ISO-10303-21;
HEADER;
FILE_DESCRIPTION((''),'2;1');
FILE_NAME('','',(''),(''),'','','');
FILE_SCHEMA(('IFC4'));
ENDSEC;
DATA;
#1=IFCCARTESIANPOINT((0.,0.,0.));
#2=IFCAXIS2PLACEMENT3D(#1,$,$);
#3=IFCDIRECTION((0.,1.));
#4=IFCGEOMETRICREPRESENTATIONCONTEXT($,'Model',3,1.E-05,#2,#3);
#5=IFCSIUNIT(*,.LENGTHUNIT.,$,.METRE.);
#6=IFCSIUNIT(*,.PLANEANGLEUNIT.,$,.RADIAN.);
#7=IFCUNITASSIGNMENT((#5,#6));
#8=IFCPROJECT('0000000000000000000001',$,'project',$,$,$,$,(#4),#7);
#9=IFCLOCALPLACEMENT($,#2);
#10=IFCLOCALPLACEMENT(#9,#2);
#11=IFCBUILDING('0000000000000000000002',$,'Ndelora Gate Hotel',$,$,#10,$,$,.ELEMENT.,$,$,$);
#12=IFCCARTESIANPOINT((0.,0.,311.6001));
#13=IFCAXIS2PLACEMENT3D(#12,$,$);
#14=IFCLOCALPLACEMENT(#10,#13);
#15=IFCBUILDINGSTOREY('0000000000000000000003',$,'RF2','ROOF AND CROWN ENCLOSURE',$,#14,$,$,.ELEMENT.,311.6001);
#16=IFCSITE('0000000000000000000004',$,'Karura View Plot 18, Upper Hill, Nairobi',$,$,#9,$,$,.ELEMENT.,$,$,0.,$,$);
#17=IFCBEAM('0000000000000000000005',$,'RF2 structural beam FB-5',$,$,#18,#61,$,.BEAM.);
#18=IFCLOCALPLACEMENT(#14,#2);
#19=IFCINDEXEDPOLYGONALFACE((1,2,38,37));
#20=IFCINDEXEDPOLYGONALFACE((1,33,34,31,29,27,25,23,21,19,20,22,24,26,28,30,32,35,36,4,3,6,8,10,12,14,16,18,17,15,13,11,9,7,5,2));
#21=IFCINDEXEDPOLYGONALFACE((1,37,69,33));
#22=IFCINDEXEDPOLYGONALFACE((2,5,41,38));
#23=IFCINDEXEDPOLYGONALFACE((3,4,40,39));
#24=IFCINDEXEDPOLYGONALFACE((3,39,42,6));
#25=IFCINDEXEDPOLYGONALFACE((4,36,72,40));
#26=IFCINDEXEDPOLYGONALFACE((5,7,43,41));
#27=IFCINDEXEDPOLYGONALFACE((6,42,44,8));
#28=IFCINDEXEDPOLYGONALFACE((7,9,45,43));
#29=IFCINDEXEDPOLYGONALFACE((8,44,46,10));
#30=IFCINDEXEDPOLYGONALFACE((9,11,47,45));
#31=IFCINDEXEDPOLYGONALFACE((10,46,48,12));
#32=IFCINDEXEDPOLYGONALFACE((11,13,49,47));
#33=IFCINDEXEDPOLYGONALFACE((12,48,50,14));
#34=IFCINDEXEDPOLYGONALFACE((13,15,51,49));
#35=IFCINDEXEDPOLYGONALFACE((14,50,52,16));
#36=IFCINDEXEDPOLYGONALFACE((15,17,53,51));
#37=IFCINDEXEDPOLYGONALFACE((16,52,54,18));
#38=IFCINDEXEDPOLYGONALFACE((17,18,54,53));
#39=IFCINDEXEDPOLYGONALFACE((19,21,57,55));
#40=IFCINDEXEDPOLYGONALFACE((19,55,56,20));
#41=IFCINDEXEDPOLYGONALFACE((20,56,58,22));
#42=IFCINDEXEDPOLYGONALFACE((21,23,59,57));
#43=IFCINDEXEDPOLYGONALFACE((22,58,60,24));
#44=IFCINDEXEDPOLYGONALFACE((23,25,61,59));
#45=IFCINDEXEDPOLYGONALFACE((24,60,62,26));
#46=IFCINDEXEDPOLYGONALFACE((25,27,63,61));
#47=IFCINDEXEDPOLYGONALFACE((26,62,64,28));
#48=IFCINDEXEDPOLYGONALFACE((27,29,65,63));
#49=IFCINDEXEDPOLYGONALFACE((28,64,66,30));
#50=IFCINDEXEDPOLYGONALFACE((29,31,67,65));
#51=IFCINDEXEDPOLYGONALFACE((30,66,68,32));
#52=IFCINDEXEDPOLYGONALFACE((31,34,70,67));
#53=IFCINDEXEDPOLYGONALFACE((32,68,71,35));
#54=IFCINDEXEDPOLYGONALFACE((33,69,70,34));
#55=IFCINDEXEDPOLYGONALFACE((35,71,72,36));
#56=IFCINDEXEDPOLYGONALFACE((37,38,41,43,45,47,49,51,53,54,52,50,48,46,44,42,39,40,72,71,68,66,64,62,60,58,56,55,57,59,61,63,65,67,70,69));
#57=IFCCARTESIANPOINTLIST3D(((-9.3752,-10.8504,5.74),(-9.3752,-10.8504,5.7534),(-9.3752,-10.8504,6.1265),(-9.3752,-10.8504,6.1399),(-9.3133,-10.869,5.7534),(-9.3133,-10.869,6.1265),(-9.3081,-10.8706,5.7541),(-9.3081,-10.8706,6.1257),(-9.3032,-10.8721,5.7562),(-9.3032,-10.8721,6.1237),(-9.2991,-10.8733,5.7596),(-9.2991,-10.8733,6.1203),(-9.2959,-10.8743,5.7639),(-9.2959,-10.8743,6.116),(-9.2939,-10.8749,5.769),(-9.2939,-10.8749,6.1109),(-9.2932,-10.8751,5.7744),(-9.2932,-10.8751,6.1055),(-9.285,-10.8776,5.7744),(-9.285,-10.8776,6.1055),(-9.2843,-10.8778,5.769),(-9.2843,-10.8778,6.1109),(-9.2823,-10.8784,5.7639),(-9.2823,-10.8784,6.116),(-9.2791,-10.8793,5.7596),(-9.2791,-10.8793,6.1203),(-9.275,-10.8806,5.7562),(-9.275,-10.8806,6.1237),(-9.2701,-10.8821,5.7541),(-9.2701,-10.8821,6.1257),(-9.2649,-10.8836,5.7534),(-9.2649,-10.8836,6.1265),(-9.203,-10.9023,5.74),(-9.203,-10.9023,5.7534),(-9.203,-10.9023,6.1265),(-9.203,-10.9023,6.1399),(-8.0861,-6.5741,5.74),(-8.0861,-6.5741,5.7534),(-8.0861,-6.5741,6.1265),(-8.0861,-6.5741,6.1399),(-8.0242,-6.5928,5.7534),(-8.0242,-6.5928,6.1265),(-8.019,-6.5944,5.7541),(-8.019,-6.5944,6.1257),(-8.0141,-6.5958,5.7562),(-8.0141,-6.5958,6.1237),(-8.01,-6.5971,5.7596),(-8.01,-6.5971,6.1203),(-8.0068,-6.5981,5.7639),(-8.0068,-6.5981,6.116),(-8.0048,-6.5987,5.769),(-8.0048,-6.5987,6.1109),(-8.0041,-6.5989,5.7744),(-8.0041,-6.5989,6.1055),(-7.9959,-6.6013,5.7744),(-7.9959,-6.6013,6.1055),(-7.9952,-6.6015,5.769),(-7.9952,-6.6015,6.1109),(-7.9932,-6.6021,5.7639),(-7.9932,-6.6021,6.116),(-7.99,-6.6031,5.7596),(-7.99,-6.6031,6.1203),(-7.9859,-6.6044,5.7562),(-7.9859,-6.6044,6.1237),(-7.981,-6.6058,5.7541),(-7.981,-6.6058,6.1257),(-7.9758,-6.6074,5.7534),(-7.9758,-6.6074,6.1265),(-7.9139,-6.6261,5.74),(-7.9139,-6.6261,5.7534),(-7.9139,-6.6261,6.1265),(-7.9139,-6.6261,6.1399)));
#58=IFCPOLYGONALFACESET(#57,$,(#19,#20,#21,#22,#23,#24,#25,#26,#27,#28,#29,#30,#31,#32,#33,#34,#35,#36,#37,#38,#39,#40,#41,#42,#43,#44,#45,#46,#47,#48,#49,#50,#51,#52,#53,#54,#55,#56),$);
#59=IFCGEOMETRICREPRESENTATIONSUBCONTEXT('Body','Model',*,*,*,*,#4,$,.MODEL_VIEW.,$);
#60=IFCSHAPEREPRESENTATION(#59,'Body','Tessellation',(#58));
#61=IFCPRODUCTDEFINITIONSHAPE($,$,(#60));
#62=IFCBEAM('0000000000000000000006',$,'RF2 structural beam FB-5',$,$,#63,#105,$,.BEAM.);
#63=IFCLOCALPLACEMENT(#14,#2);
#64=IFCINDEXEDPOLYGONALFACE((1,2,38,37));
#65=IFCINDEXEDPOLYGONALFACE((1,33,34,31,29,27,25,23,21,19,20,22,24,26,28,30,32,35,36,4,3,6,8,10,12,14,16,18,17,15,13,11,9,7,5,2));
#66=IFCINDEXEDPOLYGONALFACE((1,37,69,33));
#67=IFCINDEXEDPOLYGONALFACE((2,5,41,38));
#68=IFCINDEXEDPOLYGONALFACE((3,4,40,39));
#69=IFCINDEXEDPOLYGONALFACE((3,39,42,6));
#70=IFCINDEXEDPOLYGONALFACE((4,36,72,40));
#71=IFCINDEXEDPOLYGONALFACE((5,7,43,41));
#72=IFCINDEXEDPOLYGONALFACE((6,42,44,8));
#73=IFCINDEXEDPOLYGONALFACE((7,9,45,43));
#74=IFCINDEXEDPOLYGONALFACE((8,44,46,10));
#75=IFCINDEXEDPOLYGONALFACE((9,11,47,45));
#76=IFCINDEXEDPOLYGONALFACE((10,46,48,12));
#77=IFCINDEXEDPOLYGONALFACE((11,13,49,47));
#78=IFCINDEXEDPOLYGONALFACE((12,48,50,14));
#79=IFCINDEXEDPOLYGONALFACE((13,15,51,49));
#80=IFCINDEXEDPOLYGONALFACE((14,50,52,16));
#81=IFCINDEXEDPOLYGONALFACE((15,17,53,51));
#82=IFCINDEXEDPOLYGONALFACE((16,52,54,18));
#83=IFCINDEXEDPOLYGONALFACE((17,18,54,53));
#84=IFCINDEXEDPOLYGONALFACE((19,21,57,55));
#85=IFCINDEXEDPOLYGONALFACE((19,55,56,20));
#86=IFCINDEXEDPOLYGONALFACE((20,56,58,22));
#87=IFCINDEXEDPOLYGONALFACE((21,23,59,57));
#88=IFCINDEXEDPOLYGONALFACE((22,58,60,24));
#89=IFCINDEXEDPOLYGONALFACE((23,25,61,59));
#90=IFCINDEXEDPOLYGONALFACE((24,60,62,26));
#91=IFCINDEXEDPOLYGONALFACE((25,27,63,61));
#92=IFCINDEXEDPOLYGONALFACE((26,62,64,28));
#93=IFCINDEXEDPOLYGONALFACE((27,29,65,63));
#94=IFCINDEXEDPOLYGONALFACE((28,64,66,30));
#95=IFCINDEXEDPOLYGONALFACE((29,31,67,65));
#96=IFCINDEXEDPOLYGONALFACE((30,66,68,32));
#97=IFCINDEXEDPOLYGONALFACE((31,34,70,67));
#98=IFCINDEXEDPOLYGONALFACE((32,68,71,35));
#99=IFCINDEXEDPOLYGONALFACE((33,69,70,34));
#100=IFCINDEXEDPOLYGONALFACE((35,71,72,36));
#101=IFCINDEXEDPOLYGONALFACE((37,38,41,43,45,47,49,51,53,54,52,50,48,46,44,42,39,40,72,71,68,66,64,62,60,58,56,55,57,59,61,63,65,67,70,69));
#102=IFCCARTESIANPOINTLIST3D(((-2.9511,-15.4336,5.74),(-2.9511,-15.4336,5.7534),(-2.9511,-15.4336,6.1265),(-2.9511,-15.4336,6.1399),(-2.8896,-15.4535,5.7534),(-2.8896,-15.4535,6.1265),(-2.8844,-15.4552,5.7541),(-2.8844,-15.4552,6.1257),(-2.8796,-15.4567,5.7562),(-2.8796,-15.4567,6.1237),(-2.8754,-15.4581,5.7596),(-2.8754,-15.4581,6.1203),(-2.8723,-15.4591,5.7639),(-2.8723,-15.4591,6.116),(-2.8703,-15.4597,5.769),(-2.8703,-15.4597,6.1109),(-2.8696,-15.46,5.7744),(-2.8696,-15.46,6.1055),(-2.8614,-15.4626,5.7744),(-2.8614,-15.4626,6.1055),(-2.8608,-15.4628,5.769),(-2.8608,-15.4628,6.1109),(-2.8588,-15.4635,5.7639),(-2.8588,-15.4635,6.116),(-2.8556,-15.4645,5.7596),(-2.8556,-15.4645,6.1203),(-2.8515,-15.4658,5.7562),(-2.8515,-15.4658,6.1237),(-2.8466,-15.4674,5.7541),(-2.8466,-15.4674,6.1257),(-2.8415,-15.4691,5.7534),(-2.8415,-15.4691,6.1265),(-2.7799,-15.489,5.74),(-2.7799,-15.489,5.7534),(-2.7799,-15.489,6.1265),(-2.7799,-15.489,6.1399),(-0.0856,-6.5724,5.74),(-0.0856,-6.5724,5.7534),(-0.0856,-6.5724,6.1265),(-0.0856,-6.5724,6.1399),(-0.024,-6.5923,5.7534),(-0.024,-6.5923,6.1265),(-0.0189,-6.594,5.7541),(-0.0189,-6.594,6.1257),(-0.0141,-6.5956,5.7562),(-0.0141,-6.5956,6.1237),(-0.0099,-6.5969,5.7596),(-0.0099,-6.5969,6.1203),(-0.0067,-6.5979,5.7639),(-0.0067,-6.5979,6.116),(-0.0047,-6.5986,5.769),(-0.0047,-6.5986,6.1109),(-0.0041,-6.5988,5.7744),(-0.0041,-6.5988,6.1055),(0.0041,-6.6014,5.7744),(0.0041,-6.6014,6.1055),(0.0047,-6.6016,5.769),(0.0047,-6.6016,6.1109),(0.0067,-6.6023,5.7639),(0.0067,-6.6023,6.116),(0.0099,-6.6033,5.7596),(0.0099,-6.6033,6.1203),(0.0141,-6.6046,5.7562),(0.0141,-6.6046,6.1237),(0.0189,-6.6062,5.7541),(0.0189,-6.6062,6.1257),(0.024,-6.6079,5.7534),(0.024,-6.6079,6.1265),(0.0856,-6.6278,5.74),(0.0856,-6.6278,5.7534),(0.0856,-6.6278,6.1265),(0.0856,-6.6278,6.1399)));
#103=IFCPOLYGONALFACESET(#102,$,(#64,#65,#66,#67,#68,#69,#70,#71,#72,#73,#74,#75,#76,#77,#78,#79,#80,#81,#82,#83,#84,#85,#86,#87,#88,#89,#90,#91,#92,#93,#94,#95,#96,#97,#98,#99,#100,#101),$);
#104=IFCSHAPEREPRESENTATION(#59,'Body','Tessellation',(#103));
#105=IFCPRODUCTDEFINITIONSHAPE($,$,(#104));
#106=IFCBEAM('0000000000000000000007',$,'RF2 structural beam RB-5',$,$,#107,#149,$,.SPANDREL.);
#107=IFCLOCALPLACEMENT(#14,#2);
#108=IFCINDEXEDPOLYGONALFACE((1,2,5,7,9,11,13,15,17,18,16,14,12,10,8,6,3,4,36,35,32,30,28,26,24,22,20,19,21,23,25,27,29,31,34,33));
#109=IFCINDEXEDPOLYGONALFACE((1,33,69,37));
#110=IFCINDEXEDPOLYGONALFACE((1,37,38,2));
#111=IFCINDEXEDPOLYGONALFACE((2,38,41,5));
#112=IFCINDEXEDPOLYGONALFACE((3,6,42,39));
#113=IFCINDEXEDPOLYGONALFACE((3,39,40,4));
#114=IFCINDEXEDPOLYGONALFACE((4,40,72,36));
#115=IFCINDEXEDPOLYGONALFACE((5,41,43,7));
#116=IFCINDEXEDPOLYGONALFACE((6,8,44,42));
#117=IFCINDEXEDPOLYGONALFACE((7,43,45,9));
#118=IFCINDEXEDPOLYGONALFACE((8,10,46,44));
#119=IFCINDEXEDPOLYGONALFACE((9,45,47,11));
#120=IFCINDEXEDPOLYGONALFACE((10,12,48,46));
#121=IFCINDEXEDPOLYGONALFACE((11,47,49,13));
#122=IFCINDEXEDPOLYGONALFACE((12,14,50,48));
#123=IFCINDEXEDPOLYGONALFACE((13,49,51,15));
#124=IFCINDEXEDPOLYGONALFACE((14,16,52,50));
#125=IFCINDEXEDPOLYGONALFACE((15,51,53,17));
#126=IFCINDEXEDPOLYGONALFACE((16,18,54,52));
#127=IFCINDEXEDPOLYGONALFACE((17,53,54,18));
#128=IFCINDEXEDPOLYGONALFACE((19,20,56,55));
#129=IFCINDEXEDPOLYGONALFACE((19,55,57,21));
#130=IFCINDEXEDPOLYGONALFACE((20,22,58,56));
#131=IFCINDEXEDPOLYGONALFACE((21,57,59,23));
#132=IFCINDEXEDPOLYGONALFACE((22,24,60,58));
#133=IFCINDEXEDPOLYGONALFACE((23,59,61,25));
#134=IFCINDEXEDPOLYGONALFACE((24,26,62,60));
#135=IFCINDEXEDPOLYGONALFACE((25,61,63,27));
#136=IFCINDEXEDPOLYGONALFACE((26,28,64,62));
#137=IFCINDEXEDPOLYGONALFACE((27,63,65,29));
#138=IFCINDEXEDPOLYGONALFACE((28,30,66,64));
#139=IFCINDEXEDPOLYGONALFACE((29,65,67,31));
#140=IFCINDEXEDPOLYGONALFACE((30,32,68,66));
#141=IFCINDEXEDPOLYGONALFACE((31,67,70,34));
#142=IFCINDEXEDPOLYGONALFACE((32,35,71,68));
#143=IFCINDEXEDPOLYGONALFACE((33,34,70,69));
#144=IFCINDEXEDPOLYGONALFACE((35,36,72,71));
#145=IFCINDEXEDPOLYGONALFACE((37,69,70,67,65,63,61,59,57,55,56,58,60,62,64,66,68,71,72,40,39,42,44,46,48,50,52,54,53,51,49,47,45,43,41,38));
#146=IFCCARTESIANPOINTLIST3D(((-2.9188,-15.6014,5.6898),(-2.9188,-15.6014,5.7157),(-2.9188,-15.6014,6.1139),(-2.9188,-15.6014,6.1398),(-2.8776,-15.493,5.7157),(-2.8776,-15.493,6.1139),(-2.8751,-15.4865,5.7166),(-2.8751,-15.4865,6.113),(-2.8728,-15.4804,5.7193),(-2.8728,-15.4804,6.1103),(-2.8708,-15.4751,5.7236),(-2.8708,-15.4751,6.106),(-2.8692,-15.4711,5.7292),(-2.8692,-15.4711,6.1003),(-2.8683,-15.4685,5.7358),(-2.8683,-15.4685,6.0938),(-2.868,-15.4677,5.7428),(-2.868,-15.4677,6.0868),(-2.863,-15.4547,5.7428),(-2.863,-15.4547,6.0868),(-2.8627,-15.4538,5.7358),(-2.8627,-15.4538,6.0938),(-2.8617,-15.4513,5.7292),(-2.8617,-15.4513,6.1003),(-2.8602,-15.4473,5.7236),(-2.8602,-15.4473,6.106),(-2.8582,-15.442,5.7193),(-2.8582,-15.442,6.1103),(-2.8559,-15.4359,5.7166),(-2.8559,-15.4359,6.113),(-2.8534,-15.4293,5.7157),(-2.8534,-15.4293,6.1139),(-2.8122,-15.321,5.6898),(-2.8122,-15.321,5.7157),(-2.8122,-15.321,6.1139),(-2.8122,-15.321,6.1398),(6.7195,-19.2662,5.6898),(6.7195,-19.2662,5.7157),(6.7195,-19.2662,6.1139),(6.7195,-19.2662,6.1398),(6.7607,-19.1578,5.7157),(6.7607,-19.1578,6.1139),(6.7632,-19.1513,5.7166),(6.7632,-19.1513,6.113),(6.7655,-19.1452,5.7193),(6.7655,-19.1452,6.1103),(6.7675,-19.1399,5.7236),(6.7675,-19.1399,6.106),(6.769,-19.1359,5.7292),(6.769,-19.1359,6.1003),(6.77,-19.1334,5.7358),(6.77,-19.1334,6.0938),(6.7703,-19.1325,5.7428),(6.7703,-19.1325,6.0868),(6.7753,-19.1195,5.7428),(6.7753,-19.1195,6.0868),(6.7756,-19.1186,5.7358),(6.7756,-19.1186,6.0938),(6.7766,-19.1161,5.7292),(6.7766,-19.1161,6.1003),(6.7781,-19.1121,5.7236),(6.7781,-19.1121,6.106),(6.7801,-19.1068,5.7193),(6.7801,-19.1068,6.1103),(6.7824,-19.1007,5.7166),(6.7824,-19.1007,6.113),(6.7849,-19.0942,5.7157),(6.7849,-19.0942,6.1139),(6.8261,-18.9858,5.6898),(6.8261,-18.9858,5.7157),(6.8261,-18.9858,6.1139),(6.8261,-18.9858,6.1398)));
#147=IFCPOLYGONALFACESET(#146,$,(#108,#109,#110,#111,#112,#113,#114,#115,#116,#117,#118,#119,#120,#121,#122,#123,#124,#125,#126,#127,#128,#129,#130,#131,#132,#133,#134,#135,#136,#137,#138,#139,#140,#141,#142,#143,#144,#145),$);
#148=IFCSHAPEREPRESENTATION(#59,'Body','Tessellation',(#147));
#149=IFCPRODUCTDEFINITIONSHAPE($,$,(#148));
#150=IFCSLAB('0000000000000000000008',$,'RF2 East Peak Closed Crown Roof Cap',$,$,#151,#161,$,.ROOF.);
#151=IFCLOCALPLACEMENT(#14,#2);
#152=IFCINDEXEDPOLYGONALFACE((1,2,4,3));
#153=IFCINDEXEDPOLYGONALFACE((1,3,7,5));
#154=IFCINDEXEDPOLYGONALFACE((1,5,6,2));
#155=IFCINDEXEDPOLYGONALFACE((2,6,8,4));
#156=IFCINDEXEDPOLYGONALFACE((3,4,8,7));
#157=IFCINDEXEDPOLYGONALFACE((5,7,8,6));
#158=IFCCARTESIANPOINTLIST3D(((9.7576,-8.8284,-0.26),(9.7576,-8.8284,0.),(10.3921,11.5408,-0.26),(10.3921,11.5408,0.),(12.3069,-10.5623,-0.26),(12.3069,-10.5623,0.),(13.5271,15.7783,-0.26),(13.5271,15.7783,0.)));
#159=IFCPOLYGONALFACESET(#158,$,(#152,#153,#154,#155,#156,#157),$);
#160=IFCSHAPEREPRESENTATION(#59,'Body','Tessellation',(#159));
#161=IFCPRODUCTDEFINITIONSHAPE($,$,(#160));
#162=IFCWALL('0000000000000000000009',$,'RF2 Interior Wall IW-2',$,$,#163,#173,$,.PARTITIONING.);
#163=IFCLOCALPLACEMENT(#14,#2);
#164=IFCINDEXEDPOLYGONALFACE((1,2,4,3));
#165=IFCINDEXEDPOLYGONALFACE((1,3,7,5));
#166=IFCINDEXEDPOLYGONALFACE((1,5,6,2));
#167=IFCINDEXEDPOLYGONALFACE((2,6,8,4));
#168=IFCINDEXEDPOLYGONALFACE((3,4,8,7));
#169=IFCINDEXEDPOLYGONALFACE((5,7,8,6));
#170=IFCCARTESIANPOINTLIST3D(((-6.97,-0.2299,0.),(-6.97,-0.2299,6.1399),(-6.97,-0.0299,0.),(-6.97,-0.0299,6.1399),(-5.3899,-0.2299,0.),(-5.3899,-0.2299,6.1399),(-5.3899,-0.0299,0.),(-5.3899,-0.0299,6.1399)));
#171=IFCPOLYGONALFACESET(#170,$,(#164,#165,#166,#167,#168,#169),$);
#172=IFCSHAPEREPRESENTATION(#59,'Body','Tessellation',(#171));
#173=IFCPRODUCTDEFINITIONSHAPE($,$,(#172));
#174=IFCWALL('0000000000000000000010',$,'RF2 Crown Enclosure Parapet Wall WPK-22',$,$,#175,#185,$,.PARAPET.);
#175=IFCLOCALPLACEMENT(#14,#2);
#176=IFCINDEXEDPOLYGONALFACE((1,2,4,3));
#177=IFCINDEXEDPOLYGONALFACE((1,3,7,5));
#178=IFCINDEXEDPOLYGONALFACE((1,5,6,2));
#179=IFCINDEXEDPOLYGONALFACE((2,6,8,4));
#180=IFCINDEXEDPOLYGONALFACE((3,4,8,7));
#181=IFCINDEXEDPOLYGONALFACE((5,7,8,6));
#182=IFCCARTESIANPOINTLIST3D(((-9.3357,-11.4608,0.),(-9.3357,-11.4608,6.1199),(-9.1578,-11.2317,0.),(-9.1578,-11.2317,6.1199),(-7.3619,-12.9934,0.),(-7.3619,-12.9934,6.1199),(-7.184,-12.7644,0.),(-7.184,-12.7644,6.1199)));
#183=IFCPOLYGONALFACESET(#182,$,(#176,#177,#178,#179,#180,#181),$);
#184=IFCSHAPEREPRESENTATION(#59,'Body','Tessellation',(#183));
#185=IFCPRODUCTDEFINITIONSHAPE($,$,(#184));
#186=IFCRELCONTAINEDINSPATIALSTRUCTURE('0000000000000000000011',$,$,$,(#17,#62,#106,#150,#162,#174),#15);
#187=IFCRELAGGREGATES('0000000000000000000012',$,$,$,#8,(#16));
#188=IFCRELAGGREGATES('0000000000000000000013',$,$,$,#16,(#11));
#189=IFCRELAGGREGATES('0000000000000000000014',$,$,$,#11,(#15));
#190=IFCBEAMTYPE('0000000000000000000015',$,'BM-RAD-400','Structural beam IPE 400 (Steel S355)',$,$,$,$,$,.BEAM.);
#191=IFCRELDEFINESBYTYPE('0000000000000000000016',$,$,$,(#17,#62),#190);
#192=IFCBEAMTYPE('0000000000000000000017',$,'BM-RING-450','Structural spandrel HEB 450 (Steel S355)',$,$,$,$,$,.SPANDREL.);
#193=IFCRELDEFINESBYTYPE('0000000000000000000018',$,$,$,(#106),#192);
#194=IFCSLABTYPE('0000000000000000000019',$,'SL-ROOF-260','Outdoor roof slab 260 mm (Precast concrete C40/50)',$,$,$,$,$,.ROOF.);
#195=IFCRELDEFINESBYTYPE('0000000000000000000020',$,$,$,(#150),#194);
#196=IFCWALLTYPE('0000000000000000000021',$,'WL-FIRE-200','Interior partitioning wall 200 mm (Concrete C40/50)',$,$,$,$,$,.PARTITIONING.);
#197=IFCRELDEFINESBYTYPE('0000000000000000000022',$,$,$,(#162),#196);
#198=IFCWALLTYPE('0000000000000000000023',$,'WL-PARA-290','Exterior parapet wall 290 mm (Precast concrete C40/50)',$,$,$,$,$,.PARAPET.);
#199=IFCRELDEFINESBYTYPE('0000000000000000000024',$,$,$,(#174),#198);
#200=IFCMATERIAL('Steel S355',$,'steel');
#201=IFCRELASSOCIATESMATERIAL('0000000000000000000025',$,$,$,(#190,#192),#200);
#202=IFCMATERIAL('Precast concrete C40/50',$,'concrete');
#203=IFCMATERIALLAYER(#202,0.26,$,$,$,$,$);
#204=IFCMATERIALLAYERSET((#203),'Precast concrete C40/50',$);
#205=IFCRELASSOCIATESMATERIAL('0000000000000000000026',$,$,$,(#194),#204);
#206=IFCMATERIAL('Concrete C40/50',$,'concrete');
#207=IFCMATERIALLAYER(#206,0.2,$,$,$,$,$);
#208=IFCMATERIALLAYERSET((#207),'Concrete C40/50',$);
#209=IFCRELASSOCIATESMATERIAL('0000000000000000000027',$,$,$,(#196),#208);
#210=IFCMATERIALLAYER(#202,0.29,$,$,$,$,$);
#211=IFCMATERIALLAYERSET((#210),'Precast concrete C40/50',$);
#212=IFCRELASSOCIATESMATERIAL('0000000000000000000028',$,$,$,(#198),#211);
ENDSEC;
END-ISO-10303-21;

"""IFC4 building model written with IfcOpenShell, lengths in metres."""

from ifc_helpers import new_model, si_unit, direction, frame, frame_2d, origin, origin_2d, place, context, subcontext, project, spatial, polyline, rectangle, i_section, outline, extrude, material, layer, layer_set, material_profile, profile_set, type_object, element, save


model = new_model("IFC4")

# Units and contexts
model_context = context("Model", 3, precision=1e-05, world=origin(), true_north=direction((0.0, 1.0)))
body_context = subcontext(model_context, "Body", "Model", "MODEL_VIEW")
ifc_project = project(units=[si_unit("LENGTHUNIT", "METRE"), si_unit("PLANEANGLEUNIT", "RADIAN")], contexts=[model_context])

# Site, building, storey
site_placement = place(None, origin())
site = spatial("IfcSite", under=ifc_project, at=site_placement, Name="Karura View Plot 18, Upper Hill, Nairobi", CompositionType="ELEMENT", RefElevation=0.0)
building_placement = place(site_placement, origin())
building = spatial("IfcBuilding", under=site, at=building_placement, Name="Ndelora Gate Hotel", CompositionType="ELEMENT")
storey_placement = place(building_placement, frame((0.0, 0.0, 311.6001)))
storey = spatial("IfcBuildingStorey", under=building, at=storey_placement, Name="RF2", Description="ROOF AND CROWN ENCLOSURE", CompositionType="ELEMENT", Elevation=311.6001)

# Beams
ifc_material_1 = material(Name="Steel S355", Category="steel")
ifc_material_profile_1 = material_profile(ifc_material_1, i_section(OverallWidth=0.1799, OverallDepth=0.3999, WebThickness=0.0085, FlangeThickness=0.0134, FilletRadius=0.021, at=origin_2d()), Name="IPE 400")
ifc_profile_set_1 = profile_set([ifc_material_profile_1], Name="Steel S355")
beam_type_1 = type_object("IfcBeamType", Name="BM-RAD-400", Description="Structural beam IPE 400 (Steel S355)", PredefinedType="BEAM", material=ifc_profile_set_1)
beam_1_placement = place(storey_placement, frame((-8.0, -6.6001, 5.9399), z_axis=(-0.288626, -0.957442, 0.0), x_axis=(0.957442, -0.288626, 0.0)))
element("IfcBeam", 1, at=beam_1_placement, inside=storey, type_object=beam_type_1, Name="RF2 structural beam FB-5", PredefinedType="BEAM", context=body_context, shape_type="SweptSolid", body=[
    extrude(i_section(OverallWidth=0.1799, OverallDepth=0.3999, WebThickness=0.0085, FlangeThickness=0.0134, FilletRadius=0.021, at=origin_2d()), origin(), (0.0, 0.0, 1.0), 4.4663),
])
beam_2_placement = place(storey_placement, frame((0.0, -6.6001, 5.9399), z_axis=(-0.30769, -0.951487, 0.0), x_axis=(0.951487, -0.30769, 0.0)))
element("IfcBeam", 2, at=beam_2_placement, inside=storey, type_object=beam_type_1, Name="RF2 structural beam FB-5", PredefinedType="BEAM", context=body_context, shape_type="SweptSolid", body=[
    extrude(i_section(OverallWidth=0.1799, OverallDepth=0.3999, WebThickness=0.0085, FlangeThickness=0.0134, FilletRadius=0.021, at=origin_2d()), origin(), (0.0, 0.0, 1.0), 9.313),
])
ifc_material_profile_2 = material_profile(ifc_material_1, i_section(OverallWidth=0.3, OverallDepth=0.45, WebThickness=0.0139, FlangeThickness=0.0259, FilletRadius=0.0271, at=origin_2d()), Name="HEB 450")
ifc_profile_set_2 = profile_set([ifc_material_profile_2], Name="Steel S355")
beam_type_2 = type_object("IfcBeamType", Name="BM-RING-450", Description="Structural spandrel HEB 450 (Steel S355)", PredefinedType="SPANDREL", material=ifc_profile_set_2)
beam_3_placement = place(storey_placement, frame((-2.8655, -15.4612, 5.9148), z_axis=(0.93471, -0.355411, 0.0), x_axis=(0.355411, 0.93471, 0.0)))
element("IfcBeam", 3, at=beam_3_placement, inside=storey, type_object=beam_type_2, Name="RF2 structural beam RB-5", PredefinedType="SPANDREL", context=body_context, shape_type="SweptSolid", body=[
    extrude(i_section(OverallWidth=0.3, OverallDepth=0.45, WebThickness=0.0139, FlangeThickness=0.0259, FilletRadius=0.0271, at=origin_2d()), origin(), (0.0, 0.0, 1.0), 10.3115),
])

# Slab
ifc_material_2 = material(Name="Precast concrete C40/50", Category="concrete")
ifc_layer_1 = layer(ifc_material_2, 0.26)
ifc_layer_set_1 = layer_set([ifc_layer_1], Name="Precast concrete C40/50")
slab_type = type_object("IfcSlabType", Name="SL-ROOF-260", Description="Outdoor roof slab 260 mm (Precast concrete C40/50)", PredefinedType="ROOF", material=ifc_layer_set_1)
slab_placement = place(storey_placement, frame((0.0, 0.0, -0.26)))
element("IfcSlab", 4, at=slab_placement, inside=storey, type_object=slab_type, Name="RF2 East Peak Closed Crown Roof Cap", PredefinedType="ROOF", context=body_context, shape_type="SweptSolid", body=[
    extrude(outline(polyline([(9.7576, -8.8284), (12.3069, -10.5623), (13.5271, 15.7783), (10.3921, 11.5408), (9.7576, -8.8284)])), origin(), (0.0, 0.0, 1.0), 0.26),
])

# Walls
ifc_material_3 = material(Name="Concrete C40/50", Category="concrete")
ifc_layer_2 = layer(ifc_material_3, 0.2)
ifc_layer_set_2 = layer_set([ifc_layer_2], Name="Concrete C40/50")
wall_type_1 = type_object("IfcWallType", Name="WL-FIRE-200", Description="Interior partitioning wall 200 mm (Concrete C40/50)", PredefinedType="PARTITIONING", material=ifc_layer_set_2)
wall_1_placement = place(storey_placement, frame((-6.97, -0.1299, 0.0), z_axis=(0.0, 0.0, 1.0), x_axis=(1.0, 0.0, 0.0)))
element("IfcWall", 5, at=wall_1_placement, inside=storey, type_object=wall_type_1, Name="RF2 Interior Wall IW-2", PredefinedType="PARTITIONING", context=body_context, shape_type="SweptSolid", body=[
    extrude(rectangle(XDim=1.5801, YDim=0.2, at=frame_2d((0.79, 0.0))), origin(), (0.0, 0.0, 1.0), 6.1399),
])
ifc_layer_3 = layer(ifc_material_2, 0.29)
ifc_layer_set_3 = layer_set([ifc_layer_3], Name="Precast concrete C40/50")
wall_type_2 = type_object("IfcWallType", Name="WL-PARA-290", Description="Exterior parapet wall 290 mm (Precast concrete C40/50)", PredefinedType="PARAPET", material=ifc_layer_set_3)
wall_2_placement = place(storey_placement, frame((-7.2729, -12.8789, 0.0), z_axis=(0.0, 0.0, 1.0), x_axis=(-0.789841, 0.613311, 0.0)))
element("IfcWall", 6, at=wall_2_placement, inside=storey, type_object=wall_type_2, Name="RF2 Crown Enclosure Parapet Wall WPK-22", PredefinedType="PARAPET", context=body_context, shape_type="SweptSolid", body=[
    extrude(rectangle(XDim=2.499, YDim=0.29, at=frame_2d((1.2495, 0.0))), origin(), (0.0, 0.0, 1.0), 6.1199),
])

save(model, "model.ifc")
